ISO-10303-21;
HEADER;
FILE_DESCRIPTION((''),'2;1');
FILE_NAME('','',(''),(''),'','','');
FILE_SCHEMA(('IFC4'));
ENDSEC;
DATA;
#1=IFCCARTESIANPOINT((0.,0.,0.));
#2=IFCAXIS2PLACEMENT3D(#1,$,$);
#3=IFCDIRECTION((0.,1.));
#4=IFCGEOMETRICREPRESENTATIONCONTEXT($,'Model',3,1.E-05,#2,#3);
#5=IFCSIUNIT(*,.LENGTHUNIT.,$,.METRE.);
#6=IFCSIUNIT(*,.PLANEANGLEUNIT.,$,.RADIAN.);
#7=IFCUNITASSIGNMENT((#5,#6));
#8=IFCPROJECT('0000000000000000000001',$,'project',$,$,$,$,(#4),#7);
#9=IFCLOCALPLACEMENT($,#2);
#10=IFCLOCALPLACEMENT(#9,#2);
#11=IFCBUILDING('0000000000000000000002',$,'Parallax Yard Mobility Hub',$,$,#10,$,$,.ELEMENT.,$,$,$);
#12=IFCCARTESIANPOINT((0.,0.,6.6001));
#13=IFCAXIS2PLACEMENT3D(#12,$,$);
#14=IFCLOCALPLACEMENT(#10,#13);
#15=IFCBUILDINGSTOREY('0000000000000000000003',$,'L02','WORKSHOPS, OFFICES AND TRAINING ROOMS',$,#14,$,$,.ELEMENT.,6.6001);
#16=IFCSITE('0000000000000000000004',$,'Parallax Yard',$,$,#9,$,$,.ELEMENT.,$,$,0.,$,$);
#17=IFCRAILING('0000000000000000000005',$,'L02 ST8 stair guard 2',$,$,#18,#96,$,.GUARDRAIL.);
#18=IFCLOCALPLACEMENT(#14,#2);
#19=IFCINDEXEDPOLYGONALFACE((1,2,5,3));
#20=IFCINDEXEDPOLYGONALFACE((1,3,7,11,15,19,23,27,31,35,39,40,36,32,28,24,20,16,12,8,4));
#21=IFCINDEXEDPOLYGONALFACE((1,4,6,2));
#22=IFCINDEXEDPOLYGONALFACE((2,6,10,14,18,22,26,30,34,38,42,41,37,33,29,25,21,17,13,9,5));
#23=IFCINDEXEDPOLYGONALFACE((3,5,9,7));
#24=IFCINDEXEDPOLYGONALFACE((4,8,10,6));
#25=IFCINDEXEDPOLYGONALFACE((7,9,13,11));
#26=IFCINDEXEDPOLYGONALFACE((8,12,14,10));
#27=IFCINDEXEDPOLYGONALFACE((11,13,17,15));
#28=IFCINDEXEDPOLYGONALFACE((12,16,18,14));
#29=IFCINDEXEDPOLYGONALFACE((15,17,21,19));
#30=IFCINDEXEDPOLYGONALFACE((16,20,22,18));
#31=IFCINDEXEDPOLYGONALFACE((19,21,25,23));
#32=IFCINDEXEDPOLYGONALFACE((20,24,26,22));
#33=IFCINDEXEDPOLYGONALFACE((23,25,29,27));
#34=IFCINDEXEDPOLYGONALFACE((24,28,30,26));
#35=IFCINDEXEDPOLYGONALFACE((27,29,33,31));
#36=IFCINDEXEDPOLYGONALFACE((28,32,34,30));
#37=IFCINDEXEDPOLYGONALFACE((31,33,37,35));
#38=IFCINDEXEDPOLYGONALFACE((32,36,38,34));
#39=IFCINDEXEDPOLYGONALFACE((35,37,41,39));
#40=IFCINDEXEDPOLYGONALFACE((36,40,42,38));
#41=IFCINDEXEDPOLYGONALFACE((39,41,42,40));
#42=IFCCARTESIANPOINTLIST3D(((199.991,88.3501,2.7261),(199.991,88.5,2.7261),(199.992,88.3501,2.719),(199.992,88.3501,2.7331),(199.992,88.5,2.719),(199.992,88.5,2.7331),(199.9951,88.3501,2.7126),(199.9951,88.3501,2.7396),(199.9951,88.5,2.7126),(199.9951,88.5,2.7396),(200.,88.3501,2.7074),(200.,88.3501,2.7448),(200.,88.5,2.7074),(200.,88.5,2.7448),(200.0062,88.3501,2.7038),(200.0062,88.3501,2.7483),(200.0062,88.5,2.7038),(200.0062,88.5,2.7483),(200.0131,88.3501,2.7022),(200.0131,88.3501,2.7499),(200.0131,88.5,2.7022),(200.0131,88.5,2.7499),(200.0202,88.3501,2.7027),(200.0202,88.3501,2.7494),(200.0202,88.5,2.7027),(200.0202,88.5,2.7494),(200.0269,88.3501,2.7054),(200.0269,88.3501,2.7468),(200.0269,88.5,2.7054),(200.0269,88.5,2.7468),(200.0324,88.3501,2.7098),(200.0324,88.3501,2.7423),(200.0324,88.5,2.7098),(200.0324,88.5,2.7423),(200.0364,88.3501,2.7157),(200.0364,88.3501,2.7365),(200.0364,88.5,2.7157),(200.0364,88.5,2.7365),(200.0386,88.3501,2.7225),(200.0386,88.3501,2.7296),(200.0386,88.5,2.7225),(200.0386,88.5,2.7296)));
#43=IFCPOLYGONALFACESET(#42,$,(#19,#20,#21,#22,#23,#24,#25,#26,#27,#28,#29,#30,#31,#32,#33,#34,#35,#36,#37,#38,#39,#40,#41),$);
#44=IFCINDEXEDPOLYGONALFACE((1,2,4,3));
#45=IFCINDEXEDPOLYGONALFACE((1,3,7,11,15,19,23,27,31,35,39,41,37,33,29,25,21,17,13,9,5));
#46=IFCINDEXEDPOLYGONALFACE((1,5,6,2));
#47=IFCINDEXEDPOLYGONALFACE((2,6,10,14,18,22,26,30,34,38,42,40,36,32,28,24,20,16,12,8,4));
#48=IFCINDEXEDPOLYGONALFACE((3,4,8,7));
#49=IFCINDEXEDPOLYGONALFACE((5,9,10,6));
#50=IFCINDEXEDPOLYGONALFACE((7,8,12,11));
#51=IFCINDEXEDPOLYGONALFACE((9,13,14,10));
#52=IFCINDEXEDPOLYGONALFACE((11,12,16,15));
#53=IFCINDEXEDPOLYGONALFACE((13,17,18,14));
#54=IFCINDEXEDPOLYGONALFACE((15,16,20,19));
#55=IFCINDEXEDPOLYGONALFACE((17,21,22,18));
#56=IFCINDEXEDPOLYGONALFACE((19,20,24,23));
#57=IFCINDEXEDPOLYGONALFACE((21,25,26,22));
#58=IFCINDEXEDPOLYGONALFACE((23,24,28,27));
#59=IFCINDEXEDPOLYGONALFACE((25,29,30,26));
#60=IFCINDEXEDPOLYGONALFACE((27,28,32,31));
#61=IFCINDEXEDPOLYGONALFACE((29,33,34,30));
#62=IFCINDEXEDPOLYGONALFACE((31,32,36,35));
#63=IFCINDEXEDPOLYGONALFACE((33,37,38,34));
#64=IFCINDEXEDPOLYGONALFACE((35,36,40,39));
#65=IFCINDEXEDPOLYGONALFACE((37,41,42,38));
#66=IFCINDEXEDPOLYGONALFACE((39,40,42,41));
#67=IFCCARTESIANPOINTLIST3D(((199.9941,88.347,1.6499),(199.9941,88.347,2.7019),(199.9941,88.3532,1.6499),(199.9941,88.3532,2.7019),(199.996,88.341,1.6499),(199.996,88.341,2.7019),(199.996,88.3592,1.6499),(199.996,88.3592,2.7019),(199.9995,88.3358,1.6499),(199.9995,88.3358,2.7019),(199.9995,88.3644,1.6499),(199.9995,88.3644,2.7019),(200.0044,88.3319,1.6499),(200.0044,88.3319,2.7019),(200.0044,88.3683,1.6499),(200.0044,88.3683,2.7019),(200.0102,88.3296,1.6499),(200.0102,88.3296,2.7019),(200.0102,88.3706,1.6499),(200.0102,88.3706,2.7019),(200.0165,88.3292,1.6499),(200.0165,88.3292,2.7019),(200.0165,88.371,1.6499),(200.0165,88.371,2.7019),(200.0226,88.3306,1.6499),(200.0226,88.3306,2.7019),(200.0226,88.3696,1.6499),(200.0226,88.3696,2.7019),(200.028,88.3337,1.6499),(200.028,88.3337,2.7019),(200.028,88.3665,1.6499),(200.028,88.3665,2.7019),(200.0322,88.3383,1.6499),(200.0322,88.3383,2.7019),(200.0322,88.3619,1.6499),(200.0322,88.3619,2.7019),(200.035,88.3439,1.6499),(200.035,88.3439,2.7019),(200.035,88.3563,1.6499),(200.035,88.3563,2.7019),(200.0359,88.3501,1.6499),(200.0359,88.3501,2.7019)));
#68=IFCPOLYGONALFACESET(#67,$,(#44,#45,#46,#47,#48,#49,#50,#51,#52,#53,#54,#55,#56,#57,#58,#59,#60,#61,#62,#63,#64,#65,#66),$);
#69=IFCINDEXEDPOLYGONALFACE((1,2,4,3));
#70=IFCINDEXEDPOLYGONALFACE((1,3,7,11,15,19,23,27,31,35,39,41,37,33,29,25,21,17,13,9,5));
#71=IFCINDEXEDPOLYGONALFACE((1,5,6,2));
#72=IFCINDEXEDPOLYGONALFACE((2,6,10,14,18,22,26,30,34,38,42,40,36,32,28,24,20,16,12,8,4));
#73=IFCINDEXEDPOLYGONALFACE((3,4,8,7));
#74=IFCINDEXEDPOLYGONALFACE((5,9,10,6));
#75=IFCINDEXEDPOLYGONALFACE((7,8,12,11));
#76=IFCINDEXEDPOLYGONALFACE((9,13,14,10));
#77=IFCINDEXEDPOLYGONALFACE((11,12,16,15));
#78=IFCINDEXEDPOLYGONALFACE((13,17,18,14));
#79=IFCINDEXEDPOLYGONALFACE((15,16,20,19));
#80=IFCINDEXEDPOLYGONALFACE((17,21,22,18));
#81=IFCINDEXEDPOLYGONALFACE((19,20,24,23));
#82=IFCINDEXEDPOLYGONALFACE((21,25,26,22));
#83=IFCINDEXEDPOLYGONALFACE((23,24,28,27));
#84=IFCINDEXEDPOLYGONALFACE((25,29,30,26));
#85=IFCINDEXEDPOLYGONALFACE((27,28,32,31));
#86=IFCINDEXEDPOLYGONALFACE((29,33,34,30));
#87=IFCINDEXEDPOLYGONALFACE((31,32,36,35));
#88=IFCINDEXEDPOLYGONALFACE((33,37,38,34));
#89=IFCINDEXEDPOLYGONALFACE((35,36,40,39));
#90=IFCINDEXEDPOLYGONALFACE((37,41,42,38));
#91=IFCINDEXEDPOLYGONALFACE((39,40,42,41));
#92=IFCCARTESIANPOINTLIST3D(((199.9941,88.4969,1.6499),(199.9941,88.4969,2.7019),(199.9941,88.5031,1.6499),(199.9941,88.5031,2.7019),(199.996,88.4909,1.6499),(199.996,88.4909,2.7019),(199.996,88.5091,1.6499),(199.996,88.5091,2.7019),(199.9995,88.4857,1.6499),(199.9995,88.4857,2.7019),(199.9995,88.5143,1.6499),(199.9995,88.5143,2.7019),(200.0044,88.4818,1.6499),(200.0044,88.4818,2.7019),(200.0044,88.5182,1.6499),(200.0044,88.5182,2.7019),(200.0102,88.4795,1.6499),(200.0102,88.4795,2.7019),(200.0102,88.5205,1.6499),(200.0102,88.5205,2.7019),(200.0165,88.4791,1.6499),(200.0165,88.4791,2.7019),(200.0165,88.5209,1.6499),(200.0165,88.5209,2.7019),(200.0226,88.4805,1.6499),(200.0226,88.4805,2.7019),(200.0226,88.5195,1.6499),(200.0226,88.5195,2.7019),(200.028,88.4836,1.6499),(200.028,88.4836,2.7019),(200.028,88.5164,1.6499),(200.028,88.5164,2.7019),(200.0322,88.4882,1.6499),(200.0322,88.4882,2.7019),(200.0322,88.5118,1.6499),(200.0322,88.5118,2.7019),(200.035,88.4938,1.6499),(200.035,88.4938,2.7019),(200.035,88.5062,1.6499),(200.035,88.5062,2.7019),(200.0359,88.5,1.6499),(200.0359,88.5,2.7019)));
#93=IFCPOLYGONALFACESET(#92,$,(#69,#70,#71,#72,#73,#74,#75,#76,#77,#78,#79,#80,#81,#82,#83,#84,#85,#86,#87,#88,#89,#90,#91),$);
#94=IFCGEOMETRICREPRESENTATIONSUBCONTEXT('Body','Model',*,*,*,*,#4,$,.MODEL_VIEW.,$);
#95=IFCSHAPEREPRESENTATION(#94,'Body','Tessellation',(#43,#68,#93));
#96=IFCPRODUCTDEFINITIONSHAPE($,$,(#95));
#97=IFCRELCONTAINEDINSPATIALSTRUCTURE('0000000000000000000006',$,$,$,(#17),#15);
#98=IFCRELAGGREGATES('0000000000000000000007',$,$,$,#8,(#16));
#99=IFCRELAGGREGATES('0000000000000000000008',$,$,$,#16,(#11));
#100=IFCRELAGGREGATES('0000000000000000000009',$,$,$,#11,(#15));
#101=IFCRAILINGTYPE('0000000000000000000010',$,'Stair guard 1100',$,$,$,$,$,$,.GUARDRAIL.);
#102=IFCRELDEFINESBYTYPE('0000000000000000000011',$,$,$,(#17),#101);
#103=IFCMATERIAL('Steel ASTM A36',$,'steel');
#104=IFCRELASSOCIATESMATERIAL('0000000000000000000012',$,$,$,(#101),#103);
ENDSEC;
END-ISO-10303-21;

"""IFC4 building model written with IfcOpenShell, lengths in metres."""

from ifc_helpers import new_model, si_unit, direction, frame, origin, origin_2d, place, context, subcontext, project, spatial, circle, extrude, material, type_object, element, save


model = new_model("IFC4")

# Units and contexts
model_context = context("Model", 3, precision=1e-05, world=origin(), true_north=direction((0.0, 1.0)))
body_context = subcontext(model_context, "Body", "Model", "MODEL_VIEW")
ifc_project = project(units=[si_unit("LENGTHUNIT", "METRE"), si_unit("PLANEANGLEUNIT", "RADIAN")], contexts=[model_context])

# Site, building, storey
site_placement = place(None, origin())
site = spatial("IfcSite", under=ifc_project, at=site_placement, Name="Parallax Yard", CompositionType="ELEMENT", RefElevation=0.0)
building_placement = place(site_placement, origin())
building = spatial("IfcBuilding", under=site, at=building_placement, Name="Parallax Yard Mobility Hub", CompositionType="ELEMENT")
storey_placement = place(building_placement, frame((0.0, 0.0, 6.6001)))
storey = spatial("IfcBuildingStorey", under=building, at=storey_placement, Name="L02", Description="WORKSHOPS, OFFICES AND TRAINING ROOMS", CompositionType="ELEMENT", Elevation=6.6001)

# Railing
ifc_material_1 = material(Name="Steel ASTM A36", Category="steel")
railing_type_1 = type_object("IfcRailingType", Name="Stair guard 1100", PredefinedType="GUARDRAIL", material=ifc_material_1)
railing_1_placement = place(storey_placement, frame((200.0149, 88.3501, 1.6499)))
element("IfcRailing", 1, at=railing_1_placement, inside=storey, type_object=railing_type_1, Name="L02 ST8 stair guard 2", PredefinedType="GUARDRAIL", context=body_context, shape_type="SweptSolid", body=[
    extrude(circle(Radius=0.0239, at=origin_2d()), frame((0.0, 0.0, 1.0762), z_axis=(0.0, 1.0, 0.0), x_axis=(-1.0, 0.0, 0.0)), (0.0, 0.0, 1.0), 0.1499),
    extrude(circle(Radius=0.021, at=origin_2d()), origin(), (0.0, 0.0, 1.0), 1.052),
    extrude(circle(Radius=0.021, at=origin_2d()), frame((0.0, 0.1499, 0.0)), (0.0, 0.0, 1.0), 1.052),
])

save(model, "model.ifc")
